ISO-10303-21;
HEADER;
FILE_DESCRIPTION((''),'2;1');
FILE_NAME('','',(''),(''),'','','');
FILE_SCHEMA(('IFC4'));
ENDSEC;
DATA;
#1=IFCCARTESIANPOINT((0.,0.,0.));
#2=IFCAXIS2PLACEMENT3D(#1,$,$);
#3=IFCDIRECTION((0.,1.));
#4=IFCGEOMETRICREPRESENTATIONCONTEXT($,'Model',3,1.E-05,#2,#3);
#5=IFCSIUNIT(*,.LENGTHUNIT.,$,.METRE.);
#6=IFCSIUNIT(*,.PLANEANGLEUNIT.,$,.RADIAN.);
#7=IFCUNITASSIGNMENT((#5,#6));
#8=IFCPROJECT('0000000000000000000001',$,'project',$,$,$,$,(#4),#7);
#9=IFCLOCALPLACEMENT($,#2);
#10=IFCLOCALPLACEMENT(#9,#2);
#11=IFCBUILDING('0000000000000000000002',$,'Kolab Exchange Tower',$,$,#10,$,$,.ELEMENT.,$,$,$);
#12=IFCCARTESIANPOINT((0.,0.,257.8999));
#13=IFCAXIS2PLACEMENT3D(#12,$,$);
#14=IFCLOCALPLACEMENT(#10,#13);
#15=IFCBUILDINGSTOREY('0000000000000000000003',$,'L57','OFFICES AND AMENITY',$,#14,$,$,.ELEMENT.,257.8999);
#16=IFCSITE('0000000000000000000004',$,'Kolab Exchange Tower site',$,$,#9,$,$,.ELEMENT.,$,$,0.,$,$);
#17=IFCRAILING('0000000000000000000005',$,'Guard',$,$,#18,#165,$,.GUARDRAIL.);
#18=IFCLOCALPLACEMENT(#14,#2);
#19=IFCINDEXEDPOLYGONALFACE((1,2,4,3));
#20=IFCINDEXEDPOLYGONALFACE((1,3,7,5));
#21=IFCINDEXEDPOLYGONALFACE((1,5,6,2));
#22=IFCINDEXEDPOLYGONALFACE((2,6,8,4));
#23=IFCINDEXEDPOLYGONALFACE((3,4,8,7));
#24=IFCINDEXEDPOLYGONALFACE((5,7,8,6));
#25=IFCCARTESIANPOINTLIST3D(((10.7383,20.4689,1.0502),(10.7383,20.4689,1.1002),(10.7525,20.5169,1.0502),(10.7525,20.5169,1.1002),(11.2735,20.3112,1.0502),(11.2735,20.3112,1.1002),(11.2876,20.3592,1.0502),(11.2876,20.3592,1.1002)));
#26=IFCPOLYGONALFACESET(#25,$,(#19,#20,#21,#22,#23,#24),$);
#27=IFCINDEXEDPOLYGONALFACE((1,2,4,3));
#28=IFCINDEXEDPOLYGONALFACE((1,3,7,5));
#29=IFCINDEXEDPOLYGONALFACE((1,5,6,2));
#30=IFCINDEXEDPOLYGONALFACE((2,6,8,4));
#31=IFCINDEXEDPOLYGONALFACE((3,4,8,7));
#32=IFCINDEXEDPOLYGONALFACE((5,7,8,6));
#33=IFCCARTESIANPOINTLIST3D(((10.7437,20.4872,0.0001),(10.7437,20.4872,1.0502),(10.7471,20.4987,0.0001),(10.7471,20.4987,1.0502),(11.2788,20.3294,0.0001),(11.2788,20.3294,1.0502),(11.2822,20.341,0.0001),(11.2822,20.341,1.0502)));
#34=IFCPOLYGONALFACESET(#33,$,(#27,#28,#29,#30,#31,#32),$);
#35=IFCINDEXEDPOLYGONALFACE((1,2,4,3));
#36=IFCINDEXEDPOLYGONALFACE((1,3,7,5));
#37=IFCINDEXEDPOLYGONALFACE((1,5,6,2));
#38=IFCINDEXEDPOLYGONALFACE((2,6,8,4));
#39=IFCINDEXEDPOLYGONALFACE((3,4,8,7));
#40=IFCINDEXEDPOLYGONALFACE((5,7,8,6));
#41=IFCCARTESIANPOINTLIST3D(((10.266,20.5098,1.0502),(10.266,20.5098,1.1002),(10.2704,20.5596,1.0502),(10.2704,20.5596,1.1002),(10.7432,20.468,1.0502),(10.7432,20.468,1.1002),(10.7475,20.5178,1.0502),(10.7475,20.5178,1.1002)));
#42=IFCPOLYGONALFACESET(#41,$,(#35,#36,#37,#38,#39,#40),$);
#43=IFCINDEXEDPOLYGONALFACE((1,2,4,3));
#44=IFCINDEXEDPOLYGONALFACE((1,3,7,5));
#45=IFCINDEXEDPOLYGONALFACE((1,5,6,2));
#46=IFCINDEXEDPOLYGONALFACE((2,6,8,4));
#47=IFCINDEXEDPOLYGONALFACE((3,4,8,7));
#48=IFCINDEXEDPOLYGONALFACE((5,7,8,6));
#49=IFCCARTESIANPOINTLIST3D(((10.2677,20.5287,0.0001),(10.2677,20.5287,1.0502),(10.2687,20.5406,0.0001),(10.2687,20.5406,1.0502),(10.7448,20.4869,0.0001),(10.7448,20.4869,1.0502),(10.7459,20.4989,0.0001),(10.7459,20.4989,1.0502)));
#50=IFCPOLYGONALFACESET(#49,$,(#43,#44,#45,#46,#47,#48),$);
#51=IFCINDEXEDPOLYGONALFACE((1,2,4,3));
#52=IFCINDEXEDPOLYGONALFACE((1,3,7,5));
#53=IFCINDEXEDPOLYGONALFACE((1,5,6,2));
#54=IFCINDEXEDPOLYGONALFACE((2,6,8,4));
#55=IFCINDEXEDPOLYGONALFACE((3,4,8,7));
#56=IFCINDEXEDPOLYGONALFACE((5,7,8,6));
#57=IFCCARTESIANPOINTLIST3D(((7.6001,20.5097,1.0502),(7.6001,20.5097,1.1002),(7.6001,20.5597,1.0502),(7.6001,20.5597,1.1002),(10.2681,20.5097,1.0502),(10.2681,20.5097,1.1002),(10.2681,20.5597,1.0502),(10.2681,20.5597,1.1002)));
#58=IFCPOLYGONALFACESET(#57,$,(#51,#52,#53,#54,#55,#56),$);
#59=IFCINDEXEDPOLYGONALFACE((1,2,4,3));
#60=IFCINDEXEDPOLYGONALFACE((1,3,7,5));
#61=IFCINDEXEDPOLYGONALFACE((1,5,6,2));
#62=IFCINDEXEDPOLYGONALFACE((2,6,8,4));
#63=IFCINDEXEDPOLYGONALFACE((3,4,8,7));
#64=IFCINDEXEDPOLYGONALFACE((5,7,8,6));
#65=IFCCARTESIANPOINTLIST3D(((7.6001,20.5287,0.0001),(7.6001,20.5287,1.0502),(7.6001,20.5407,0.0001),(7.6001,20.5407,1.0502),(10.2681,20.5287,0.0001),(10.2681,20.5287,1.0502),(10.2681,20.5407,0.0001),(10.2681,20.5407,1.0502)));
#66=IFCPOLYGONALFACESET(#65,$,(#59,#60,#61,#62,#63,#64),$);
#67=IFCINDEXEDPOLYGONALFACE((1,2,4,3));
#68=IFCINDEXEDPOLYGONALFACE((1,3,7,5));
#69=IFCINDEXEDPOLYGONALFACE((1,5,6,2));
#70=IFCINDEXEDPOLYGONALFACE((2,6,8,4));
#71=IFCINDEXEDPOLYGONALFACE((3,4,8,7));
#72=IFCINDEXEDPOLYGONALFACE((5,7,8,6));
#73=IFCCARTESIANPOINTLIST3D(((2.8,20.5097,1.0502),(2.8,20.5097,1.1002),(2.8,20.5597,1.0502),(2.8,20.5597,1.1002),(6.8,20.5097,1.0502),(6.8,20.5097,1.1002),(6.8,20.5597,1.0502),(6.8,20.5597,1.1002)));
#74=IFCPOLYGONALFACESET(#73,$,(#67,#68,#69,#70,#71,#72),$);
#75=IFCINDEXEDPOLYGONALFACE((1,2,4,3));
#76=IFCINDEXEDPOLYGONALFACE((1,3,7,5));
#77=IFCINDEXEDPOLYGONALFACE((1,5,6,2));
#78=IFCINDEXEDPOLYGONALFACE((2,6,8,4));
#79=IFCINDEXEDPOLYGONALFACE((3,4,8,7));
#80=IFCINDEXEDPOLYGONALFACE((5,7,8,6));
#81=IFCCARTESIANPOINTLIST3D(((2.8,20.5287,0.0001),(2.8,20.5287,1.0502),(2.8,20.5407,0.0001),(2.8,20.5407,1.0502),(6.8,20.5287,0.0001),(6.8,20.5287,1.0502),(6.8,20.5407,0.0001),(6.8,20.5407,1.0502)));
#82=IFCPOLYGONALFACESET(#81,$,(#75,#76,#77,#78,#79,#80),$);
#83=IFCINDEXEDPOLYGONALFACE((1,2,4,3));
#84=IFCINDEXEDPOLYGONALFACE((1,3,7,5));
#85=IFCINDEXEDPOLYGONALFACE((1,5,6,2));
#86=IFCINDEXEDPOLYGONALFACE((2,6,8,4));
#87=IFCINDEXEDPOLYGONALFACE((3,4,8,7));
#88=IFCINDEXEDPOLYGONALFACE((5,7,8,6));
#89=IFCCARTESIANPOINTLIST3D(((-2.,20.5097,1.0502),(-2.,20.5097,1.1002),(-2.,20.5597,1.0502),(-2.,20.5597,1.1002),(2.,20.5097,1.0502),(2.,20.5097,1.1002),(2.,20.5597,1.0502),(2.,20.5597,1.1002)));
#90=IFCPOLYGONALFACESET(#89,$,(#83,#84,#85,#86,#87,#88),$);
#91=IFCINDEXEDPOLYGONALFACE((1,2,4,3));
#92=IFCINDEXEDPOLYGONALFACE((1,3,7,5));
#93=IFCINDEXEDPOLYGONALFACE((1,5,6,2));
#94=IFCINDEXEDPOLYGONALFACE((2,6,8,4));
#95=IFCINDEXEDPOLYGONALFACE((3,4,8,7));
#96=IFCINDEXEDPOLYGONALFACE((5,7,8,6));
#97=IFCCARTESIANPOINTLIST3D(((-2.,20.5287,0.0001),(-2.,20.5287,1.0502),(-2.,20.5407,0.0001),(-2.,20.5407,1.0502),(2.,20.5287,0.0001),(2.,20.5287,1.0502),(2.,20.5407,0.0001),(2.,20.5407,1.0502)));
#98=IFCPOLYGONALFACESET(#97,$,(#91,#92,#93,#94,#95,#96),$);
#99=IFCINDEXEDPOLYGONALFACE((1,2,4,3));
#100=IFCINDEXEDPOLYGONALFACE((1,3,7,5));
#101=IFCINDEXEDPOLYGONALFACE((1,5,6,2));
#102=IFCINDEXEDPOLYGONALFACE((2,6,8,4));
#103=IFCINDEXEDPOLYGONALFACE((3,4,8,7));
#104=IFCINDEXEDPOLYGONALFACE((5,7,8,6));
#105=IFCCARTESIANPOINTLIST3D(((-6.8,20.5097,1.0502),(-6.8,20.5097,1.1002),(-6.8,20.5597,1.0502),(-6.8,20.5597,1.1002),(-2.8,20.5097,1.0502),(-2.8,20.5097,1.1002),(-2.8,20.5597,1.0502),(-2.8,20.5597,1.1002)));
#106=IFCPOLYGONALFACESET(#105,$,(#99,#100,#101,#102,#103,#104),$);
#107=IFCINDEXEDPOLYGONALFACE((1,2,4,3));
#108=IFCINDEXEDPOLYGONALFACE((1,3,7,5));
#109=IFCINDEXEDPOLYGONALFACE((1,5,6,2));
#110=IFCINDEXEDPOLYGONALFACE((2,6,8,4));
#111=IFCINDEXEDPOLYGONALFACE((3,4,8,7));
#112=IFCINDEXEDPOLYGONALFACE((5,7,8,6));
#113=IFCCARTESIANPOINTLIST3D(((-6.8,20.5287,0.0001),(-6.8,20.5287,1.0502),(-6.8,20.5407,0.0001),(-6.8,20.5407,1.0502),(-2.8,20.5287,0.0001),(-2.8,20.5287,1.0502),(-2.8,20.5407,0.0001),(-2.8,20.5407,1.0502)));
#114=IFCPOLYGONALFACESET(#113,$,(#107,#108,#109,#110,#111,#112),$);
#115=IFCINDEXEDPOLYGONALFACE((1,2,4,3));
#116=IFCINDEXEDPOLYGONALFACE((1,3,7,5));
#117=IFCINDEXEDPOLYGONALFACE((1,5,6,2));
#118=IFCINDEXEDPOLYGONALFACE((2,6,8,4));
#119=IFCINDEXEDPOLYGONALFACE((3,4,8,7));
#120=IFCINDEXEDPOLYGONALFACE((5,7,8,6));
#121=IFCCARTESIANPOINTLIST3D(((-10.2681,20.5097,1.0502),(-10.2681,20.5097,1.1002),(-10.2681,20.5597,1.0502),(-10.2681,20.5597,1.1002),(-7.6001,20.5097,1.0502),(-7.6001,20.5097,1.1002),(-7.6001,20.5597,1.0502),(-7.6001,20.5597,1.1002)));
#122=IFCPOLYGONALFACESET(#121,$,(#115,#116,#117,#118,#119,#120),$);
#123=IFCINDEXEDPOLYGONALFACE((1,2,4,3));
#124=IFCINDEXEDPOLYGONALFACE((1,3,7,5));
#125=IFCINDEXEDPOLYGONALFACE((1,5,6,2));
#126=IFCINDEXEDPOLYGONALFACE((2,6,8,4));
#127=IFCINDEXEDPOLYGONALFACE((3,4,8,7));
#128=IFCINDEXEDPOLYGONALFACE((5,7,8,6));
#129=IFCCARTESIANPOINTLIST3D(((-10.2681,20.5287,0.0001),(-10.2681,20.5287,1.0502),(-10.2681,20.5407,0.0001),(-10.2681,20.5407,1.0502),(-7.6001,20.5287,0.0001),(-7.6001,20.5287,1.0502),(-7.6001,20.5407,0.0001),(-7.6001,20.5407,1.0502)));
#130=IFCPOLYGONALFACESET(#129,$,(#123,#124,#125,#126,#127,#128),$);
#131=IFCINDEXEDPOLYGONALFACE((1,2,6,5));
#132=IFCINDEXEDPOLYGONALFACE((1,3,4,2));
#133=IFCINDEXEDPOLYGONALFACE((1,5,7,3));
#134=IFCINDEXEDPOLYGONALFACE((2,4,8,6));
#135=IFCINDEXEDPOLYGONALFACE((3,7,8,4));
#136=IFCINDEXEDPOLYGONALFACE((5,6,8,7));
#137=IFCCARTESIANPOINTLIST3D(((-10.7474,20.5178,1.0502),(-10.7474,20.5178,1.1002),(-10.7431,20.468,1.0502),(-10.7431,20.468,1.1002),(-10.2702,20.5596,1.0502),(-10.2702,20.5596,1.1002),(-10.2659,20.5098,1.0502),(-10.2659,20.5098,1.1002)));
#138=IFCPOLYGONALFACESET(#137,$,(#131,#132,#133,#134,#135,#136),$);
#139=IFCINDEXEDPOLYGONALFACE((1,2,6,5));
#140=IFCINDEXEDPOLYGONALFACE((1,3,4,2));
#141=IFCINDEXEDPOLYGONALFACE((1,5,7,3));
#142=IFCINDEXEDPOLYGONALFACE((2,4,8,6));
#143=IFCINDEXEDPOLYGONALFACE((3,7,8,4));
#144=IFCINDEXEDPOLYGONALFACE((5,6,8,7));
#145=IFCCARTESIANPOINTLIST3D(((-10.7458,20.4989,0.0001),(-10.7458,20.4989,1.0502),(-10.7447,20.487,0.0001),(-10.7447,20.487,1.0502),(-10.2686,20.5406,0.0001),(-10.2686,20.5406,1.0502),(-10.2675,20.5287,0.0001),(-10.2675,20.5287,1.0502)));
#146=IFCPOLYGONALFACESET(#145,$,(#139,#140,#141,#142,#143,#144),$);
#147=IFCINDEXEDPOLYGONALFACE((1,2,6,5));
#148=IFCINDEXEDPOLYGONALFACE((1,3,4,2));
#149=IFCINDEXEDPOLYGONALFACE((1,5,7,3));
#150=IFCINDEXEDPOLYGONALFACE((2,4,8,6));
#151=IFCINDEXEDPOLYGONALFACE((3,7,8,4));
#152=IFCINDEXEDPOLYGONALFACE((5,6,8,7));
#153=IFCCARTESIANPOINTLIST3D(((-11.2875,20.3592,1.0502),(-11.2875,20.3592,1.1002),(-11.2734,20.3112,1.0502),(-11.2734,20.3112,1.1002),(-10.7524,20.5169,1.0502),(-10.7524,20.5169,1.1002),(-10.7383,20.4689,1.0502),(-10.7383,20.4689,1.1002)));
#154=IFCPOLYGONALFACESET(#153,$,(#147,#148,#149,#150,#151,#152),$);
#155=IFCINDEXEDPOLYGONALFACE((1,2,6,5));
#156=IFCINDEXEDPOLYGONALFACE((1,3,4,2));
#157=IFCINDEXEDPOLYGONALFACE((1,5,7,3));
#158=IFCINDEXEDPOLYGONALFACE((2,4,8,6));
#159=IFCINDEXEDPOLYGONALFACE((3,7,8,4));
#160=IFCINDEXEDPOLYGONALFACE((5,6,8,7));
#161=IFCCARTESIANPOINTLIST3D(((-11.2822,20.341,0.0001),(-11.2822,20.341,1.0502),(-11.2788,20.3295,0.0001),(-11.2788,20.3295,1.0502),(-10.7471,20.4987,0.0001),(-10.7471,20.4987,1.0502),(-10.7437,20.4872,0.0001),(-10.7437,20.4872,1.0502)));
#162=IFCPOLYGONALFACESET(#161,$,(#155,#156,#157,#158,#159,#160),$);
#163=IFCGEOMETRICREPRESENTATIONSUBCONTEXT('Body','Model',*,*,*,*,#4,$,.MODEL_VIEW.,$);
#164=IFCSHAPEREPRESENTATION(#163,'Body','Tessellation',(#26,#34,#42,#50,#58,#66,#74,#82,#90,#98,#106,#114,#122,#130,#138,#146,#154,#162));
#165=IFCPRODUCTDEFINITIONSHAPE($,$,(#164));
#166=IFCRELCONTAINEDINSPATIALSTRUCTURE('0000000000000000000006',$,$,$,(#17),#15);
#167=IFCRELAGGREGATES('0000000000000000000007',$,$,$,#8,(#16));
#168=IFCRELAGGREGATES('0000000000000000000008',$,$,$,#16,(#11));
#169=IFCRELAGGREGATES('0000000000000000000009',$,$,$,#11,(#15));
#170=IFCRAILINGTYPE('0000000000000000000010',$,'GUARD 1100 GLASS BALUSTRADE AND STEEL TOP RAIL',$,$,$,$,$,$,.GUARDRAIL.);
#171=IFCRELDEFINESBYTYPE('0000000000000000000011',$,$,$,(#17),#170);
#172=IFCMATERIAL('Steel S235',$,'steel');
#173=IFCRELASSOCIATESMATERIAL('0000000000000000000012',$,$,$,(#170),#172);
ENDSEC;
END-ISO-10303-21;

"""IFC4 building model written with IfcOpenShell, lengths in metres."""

from ifc_helpers import new_model, si_unit, direction, frame, frame_2d, origin, origin_2d, place, context, subcontext, project, spatial, rectangle, extrude, material, type_object, element, save


model = new_model("IFC4")

# Units and contexts
model_context = context("Model", 3, precision=1e-05, world=origin(), true_north=direction((0.0, 1.0)))
body_context = subcontext(model_context, "Body", "Model", "MODEL_VIEW")
ifc_project = project(units=[si_unit("LENGTHUNIT", "METRE"), si_unit("PLANEANGLEUNIT", "RADIAN")], contexts=[model_context])

# Site, building, storey
site_placement = place(None, origin())
site = spatial("IfcSite", under=ifc_project, at=site_placement, Name="Kolab Exchange Tower site", CompositionType="ELEMENT", RefElevation=0.0)
building_placement = place(site_placement, origin())
building = spatial("IfcBuilding", under=site, at=building_placement, Name="Kolab Exchange Tower", CompositionType="ELEMENT")
storey_placement = place(building_placement, frame((0.0, 0.0, 257.8999)))
storey = spatial("IfcBuildingStorey", under=building, at=storey_placement, Name="L57", Description="OFFICES AND AMENITY", CompositionType="ELEMENT", Elevation=257.8999)

# Railing
ifc_material_1 = material(Name="Steel S235", Category="steel")
railing_type = type_object("IfcRailingType", Name="GUARD 1100 GLASS BALUSTRADE AND STEEL TOP RAIL", PredefinedType="GUARDRAIL", material=ifc_material_1)
railing_placement = place(storey_placement, frame((11.2805, 20.3352, 0.0)))
element("IfcRailing", 1, at=railing_placement, inside=storey, type_object=railing_type, Name="Guard", PredefinedType="GUARDRAIL", context=body_context, shape_type="SweptSolid", body=[
    extrude(rectangle(XDim=0.05, YDim=0.05, at=origin_2d()), frame((0.0, 0.0, 1.0752), z_axis=(-0.959212, 0.282687, 0.0), x_axis=(-0.282687, -0.959212, 0.0)), (0.0, 0.0, 1.0), 0.5579),
    extrude(rectangle(XDim=0.012, YDim=1.0501, at=frame_2d((0.0, 0.5251))), frame((0.0, 0.0, 0.0), z_axis=(-0.959212, 0.282687, 0.0), x_axis=(-0.282687, -0.959212, 0.0)), (0.0, 0.0, 1.0), 0.5579),
    extrude(rectangle(XDim=0.05, YDim=0.05, at=origin_2d()), frame((-0.5352, 0.1577, 1.0752), z_axis=(-0.996196, 0.087135, 0.0), x_axis=(-0.087135, -0.996196, 0.0)), (0.0, 0.0, 1.0), 0.479),
    extrude(rectangle(XDim=0.012, YDim=1.0501, at=frame_2d((0.0, 0.5251))), frame((-0.5352, 0.1577, 0.0), z_axis=(-0.996196, 0.087135, 0.0), x_axis=(-0.087135, -0.996196, 0.0)), (0.0, 0.0, 1.0), 0.479),
    extrude(rectangle(XDim=0.05, YDim=0.05, at=origin_2d()), frame((-1.0125, 0.1995, 1.0752), z_axis=(-1.0, 0.0, 0.0), x_axis=(0.0, -1.0, 0.0)), (0.0, 0.0, 1.0), 2.668),
    extrude(rectangle(XDim=0.012, YDim=1.0501, at=frame_2d((0.0, 0.5251))), frame((-1.0125, 0.1995, 0.0), z_axis=(-1.0, 0.0, 0.0), x_axis=(0.0, -1.0, 0.0)), (0.0, 0.0, 1.0), 2.668),
    extrude(rectangle(XDim=0.05, YDim=0.05, at=origin_2d()), frame((-4.4805, 0.1995, 1.0752), z_axis=(-1.0, 0.0, 0.0), x_axis=(0.0, -1.0, 0.0)), (0.0, 0.0, 1.0), 4.0),
    extrude(rectangle(XDim=0.012, YDim=1.0501, at=frame_2d((0.0, 0.5251))), frame((-4.4805, 0.1995, 0.0), z_axis=(-1.0, 0.0, 0.0), x_axis=(0.0, -1.0, 0.0)), (0.0, 0.0, 1.0), 4.0),
    extrude(rectangle(XDim=0.05, YDim=0.05, at=origin_2d()), frame((-9.2805, 0.1995, 1.0752), z_axis=(-1.0, 0.0, 0.0), x_axis=(0.0, -1.0, 0.0)), (0.0, 0.0, 1.0), 4.0),
    extrude(rectangle(XDim=0.012, YDim=1.0501, at=frame_2d((0.0, 0.5251))), frame((-9.2805, 0.1995, 0.0), z_axis=(-1.0, 0.0, 0.0), x_axis=(0.0, -1.0, 0.0)), (0.0, 0.0, 1.0), 4.0),
    extrude(rectangle(XDim=0.05, YDim=0.05, at=origin_2d()), frame((-14.0806, 0.1995, 1.0752), z_axis=(-1.0, 0.0, 0.0), x_axis=(0.0, -1.0, 0.0)), (0.0, 0.0, 1.0), 4.0),
    extrude(rectangle(XDim=0.012, YDim=1.0501, at=frame_2d((0.0, 0.5251))), frame((-14.0806, 0.1995, 0.0), z_axis=(-1.0, 0.0, 0.0), x_axis=(0.0, -1.0, 0.0)), (0.0, 0.0, 1.0), 4.0),
    extrude(rectangle(XDim=0.05, YDim=0.05, at=origin_2d()), frame((-18.8806, 0.1995, 1.0752), z_axis=(-1.0, 0.0, 0.0), x_axis=(0.0, -1.0, 0.0)), (0.0, 0.0, 1.0), 2.668),
    extrude(rectangle(XDim=0.012, YDim=1.0501, at=frame_2d((0.0, 0.5251))), frame((-18.8806, 0.1995, 0.0), z_axis=(-1.0, 0.0, 0.0), x_axis=(0.0, -1.0, 0.0)), (0.0, 0.0, 1.0), 2.668),
    extrude(rectangle(XDim=0.05, YDim=0.05, at=origin_2d()), frame((-21.5486, 0.1995, 1.0752), z_axis=(-0.996196, -0.087135, 0.0), x_axis=(0.087135, -0.996196, 0.0)), (0.0, 0.0, 1.0), 0.479),
    extrude(rectangle(XDim=0.012, YDim=1.0501, at=frame_2d((0.0, 0.5251))), frame((-21.5486, 0.1995, 0.0), z_axis=(-0.996196, -0.087135, 0.0), x_axis=(0.087135, -0.996196, 0.0)), (0.0, 0.0, 1.0), 0.479),
    extrude(rectangle(XDim=0.05, YDim=0.05, at=origin_2d()), frame((-22.0259, 0.1577, 1.0752), z_axis=(-0.959212, -0.282687, 0.0), x_axis=(0.282687, -0.959212, 0.0)), (0.0, 0.0, 1.0), 0.5579),
    extrude(rectangle(XDim=0.012, YDim=1.0501, at=frame_2d((0.0, 0.5251))), frame((-22.0259, 0.1577, 0.0), z_axis=(-0.959212, -0.282687, 0.0), x_axis=(0.282687, -0.959212, 0.0)), (0.0, 0.0, 1.0), 0.5579),
])

save(model, "model.ifc")
